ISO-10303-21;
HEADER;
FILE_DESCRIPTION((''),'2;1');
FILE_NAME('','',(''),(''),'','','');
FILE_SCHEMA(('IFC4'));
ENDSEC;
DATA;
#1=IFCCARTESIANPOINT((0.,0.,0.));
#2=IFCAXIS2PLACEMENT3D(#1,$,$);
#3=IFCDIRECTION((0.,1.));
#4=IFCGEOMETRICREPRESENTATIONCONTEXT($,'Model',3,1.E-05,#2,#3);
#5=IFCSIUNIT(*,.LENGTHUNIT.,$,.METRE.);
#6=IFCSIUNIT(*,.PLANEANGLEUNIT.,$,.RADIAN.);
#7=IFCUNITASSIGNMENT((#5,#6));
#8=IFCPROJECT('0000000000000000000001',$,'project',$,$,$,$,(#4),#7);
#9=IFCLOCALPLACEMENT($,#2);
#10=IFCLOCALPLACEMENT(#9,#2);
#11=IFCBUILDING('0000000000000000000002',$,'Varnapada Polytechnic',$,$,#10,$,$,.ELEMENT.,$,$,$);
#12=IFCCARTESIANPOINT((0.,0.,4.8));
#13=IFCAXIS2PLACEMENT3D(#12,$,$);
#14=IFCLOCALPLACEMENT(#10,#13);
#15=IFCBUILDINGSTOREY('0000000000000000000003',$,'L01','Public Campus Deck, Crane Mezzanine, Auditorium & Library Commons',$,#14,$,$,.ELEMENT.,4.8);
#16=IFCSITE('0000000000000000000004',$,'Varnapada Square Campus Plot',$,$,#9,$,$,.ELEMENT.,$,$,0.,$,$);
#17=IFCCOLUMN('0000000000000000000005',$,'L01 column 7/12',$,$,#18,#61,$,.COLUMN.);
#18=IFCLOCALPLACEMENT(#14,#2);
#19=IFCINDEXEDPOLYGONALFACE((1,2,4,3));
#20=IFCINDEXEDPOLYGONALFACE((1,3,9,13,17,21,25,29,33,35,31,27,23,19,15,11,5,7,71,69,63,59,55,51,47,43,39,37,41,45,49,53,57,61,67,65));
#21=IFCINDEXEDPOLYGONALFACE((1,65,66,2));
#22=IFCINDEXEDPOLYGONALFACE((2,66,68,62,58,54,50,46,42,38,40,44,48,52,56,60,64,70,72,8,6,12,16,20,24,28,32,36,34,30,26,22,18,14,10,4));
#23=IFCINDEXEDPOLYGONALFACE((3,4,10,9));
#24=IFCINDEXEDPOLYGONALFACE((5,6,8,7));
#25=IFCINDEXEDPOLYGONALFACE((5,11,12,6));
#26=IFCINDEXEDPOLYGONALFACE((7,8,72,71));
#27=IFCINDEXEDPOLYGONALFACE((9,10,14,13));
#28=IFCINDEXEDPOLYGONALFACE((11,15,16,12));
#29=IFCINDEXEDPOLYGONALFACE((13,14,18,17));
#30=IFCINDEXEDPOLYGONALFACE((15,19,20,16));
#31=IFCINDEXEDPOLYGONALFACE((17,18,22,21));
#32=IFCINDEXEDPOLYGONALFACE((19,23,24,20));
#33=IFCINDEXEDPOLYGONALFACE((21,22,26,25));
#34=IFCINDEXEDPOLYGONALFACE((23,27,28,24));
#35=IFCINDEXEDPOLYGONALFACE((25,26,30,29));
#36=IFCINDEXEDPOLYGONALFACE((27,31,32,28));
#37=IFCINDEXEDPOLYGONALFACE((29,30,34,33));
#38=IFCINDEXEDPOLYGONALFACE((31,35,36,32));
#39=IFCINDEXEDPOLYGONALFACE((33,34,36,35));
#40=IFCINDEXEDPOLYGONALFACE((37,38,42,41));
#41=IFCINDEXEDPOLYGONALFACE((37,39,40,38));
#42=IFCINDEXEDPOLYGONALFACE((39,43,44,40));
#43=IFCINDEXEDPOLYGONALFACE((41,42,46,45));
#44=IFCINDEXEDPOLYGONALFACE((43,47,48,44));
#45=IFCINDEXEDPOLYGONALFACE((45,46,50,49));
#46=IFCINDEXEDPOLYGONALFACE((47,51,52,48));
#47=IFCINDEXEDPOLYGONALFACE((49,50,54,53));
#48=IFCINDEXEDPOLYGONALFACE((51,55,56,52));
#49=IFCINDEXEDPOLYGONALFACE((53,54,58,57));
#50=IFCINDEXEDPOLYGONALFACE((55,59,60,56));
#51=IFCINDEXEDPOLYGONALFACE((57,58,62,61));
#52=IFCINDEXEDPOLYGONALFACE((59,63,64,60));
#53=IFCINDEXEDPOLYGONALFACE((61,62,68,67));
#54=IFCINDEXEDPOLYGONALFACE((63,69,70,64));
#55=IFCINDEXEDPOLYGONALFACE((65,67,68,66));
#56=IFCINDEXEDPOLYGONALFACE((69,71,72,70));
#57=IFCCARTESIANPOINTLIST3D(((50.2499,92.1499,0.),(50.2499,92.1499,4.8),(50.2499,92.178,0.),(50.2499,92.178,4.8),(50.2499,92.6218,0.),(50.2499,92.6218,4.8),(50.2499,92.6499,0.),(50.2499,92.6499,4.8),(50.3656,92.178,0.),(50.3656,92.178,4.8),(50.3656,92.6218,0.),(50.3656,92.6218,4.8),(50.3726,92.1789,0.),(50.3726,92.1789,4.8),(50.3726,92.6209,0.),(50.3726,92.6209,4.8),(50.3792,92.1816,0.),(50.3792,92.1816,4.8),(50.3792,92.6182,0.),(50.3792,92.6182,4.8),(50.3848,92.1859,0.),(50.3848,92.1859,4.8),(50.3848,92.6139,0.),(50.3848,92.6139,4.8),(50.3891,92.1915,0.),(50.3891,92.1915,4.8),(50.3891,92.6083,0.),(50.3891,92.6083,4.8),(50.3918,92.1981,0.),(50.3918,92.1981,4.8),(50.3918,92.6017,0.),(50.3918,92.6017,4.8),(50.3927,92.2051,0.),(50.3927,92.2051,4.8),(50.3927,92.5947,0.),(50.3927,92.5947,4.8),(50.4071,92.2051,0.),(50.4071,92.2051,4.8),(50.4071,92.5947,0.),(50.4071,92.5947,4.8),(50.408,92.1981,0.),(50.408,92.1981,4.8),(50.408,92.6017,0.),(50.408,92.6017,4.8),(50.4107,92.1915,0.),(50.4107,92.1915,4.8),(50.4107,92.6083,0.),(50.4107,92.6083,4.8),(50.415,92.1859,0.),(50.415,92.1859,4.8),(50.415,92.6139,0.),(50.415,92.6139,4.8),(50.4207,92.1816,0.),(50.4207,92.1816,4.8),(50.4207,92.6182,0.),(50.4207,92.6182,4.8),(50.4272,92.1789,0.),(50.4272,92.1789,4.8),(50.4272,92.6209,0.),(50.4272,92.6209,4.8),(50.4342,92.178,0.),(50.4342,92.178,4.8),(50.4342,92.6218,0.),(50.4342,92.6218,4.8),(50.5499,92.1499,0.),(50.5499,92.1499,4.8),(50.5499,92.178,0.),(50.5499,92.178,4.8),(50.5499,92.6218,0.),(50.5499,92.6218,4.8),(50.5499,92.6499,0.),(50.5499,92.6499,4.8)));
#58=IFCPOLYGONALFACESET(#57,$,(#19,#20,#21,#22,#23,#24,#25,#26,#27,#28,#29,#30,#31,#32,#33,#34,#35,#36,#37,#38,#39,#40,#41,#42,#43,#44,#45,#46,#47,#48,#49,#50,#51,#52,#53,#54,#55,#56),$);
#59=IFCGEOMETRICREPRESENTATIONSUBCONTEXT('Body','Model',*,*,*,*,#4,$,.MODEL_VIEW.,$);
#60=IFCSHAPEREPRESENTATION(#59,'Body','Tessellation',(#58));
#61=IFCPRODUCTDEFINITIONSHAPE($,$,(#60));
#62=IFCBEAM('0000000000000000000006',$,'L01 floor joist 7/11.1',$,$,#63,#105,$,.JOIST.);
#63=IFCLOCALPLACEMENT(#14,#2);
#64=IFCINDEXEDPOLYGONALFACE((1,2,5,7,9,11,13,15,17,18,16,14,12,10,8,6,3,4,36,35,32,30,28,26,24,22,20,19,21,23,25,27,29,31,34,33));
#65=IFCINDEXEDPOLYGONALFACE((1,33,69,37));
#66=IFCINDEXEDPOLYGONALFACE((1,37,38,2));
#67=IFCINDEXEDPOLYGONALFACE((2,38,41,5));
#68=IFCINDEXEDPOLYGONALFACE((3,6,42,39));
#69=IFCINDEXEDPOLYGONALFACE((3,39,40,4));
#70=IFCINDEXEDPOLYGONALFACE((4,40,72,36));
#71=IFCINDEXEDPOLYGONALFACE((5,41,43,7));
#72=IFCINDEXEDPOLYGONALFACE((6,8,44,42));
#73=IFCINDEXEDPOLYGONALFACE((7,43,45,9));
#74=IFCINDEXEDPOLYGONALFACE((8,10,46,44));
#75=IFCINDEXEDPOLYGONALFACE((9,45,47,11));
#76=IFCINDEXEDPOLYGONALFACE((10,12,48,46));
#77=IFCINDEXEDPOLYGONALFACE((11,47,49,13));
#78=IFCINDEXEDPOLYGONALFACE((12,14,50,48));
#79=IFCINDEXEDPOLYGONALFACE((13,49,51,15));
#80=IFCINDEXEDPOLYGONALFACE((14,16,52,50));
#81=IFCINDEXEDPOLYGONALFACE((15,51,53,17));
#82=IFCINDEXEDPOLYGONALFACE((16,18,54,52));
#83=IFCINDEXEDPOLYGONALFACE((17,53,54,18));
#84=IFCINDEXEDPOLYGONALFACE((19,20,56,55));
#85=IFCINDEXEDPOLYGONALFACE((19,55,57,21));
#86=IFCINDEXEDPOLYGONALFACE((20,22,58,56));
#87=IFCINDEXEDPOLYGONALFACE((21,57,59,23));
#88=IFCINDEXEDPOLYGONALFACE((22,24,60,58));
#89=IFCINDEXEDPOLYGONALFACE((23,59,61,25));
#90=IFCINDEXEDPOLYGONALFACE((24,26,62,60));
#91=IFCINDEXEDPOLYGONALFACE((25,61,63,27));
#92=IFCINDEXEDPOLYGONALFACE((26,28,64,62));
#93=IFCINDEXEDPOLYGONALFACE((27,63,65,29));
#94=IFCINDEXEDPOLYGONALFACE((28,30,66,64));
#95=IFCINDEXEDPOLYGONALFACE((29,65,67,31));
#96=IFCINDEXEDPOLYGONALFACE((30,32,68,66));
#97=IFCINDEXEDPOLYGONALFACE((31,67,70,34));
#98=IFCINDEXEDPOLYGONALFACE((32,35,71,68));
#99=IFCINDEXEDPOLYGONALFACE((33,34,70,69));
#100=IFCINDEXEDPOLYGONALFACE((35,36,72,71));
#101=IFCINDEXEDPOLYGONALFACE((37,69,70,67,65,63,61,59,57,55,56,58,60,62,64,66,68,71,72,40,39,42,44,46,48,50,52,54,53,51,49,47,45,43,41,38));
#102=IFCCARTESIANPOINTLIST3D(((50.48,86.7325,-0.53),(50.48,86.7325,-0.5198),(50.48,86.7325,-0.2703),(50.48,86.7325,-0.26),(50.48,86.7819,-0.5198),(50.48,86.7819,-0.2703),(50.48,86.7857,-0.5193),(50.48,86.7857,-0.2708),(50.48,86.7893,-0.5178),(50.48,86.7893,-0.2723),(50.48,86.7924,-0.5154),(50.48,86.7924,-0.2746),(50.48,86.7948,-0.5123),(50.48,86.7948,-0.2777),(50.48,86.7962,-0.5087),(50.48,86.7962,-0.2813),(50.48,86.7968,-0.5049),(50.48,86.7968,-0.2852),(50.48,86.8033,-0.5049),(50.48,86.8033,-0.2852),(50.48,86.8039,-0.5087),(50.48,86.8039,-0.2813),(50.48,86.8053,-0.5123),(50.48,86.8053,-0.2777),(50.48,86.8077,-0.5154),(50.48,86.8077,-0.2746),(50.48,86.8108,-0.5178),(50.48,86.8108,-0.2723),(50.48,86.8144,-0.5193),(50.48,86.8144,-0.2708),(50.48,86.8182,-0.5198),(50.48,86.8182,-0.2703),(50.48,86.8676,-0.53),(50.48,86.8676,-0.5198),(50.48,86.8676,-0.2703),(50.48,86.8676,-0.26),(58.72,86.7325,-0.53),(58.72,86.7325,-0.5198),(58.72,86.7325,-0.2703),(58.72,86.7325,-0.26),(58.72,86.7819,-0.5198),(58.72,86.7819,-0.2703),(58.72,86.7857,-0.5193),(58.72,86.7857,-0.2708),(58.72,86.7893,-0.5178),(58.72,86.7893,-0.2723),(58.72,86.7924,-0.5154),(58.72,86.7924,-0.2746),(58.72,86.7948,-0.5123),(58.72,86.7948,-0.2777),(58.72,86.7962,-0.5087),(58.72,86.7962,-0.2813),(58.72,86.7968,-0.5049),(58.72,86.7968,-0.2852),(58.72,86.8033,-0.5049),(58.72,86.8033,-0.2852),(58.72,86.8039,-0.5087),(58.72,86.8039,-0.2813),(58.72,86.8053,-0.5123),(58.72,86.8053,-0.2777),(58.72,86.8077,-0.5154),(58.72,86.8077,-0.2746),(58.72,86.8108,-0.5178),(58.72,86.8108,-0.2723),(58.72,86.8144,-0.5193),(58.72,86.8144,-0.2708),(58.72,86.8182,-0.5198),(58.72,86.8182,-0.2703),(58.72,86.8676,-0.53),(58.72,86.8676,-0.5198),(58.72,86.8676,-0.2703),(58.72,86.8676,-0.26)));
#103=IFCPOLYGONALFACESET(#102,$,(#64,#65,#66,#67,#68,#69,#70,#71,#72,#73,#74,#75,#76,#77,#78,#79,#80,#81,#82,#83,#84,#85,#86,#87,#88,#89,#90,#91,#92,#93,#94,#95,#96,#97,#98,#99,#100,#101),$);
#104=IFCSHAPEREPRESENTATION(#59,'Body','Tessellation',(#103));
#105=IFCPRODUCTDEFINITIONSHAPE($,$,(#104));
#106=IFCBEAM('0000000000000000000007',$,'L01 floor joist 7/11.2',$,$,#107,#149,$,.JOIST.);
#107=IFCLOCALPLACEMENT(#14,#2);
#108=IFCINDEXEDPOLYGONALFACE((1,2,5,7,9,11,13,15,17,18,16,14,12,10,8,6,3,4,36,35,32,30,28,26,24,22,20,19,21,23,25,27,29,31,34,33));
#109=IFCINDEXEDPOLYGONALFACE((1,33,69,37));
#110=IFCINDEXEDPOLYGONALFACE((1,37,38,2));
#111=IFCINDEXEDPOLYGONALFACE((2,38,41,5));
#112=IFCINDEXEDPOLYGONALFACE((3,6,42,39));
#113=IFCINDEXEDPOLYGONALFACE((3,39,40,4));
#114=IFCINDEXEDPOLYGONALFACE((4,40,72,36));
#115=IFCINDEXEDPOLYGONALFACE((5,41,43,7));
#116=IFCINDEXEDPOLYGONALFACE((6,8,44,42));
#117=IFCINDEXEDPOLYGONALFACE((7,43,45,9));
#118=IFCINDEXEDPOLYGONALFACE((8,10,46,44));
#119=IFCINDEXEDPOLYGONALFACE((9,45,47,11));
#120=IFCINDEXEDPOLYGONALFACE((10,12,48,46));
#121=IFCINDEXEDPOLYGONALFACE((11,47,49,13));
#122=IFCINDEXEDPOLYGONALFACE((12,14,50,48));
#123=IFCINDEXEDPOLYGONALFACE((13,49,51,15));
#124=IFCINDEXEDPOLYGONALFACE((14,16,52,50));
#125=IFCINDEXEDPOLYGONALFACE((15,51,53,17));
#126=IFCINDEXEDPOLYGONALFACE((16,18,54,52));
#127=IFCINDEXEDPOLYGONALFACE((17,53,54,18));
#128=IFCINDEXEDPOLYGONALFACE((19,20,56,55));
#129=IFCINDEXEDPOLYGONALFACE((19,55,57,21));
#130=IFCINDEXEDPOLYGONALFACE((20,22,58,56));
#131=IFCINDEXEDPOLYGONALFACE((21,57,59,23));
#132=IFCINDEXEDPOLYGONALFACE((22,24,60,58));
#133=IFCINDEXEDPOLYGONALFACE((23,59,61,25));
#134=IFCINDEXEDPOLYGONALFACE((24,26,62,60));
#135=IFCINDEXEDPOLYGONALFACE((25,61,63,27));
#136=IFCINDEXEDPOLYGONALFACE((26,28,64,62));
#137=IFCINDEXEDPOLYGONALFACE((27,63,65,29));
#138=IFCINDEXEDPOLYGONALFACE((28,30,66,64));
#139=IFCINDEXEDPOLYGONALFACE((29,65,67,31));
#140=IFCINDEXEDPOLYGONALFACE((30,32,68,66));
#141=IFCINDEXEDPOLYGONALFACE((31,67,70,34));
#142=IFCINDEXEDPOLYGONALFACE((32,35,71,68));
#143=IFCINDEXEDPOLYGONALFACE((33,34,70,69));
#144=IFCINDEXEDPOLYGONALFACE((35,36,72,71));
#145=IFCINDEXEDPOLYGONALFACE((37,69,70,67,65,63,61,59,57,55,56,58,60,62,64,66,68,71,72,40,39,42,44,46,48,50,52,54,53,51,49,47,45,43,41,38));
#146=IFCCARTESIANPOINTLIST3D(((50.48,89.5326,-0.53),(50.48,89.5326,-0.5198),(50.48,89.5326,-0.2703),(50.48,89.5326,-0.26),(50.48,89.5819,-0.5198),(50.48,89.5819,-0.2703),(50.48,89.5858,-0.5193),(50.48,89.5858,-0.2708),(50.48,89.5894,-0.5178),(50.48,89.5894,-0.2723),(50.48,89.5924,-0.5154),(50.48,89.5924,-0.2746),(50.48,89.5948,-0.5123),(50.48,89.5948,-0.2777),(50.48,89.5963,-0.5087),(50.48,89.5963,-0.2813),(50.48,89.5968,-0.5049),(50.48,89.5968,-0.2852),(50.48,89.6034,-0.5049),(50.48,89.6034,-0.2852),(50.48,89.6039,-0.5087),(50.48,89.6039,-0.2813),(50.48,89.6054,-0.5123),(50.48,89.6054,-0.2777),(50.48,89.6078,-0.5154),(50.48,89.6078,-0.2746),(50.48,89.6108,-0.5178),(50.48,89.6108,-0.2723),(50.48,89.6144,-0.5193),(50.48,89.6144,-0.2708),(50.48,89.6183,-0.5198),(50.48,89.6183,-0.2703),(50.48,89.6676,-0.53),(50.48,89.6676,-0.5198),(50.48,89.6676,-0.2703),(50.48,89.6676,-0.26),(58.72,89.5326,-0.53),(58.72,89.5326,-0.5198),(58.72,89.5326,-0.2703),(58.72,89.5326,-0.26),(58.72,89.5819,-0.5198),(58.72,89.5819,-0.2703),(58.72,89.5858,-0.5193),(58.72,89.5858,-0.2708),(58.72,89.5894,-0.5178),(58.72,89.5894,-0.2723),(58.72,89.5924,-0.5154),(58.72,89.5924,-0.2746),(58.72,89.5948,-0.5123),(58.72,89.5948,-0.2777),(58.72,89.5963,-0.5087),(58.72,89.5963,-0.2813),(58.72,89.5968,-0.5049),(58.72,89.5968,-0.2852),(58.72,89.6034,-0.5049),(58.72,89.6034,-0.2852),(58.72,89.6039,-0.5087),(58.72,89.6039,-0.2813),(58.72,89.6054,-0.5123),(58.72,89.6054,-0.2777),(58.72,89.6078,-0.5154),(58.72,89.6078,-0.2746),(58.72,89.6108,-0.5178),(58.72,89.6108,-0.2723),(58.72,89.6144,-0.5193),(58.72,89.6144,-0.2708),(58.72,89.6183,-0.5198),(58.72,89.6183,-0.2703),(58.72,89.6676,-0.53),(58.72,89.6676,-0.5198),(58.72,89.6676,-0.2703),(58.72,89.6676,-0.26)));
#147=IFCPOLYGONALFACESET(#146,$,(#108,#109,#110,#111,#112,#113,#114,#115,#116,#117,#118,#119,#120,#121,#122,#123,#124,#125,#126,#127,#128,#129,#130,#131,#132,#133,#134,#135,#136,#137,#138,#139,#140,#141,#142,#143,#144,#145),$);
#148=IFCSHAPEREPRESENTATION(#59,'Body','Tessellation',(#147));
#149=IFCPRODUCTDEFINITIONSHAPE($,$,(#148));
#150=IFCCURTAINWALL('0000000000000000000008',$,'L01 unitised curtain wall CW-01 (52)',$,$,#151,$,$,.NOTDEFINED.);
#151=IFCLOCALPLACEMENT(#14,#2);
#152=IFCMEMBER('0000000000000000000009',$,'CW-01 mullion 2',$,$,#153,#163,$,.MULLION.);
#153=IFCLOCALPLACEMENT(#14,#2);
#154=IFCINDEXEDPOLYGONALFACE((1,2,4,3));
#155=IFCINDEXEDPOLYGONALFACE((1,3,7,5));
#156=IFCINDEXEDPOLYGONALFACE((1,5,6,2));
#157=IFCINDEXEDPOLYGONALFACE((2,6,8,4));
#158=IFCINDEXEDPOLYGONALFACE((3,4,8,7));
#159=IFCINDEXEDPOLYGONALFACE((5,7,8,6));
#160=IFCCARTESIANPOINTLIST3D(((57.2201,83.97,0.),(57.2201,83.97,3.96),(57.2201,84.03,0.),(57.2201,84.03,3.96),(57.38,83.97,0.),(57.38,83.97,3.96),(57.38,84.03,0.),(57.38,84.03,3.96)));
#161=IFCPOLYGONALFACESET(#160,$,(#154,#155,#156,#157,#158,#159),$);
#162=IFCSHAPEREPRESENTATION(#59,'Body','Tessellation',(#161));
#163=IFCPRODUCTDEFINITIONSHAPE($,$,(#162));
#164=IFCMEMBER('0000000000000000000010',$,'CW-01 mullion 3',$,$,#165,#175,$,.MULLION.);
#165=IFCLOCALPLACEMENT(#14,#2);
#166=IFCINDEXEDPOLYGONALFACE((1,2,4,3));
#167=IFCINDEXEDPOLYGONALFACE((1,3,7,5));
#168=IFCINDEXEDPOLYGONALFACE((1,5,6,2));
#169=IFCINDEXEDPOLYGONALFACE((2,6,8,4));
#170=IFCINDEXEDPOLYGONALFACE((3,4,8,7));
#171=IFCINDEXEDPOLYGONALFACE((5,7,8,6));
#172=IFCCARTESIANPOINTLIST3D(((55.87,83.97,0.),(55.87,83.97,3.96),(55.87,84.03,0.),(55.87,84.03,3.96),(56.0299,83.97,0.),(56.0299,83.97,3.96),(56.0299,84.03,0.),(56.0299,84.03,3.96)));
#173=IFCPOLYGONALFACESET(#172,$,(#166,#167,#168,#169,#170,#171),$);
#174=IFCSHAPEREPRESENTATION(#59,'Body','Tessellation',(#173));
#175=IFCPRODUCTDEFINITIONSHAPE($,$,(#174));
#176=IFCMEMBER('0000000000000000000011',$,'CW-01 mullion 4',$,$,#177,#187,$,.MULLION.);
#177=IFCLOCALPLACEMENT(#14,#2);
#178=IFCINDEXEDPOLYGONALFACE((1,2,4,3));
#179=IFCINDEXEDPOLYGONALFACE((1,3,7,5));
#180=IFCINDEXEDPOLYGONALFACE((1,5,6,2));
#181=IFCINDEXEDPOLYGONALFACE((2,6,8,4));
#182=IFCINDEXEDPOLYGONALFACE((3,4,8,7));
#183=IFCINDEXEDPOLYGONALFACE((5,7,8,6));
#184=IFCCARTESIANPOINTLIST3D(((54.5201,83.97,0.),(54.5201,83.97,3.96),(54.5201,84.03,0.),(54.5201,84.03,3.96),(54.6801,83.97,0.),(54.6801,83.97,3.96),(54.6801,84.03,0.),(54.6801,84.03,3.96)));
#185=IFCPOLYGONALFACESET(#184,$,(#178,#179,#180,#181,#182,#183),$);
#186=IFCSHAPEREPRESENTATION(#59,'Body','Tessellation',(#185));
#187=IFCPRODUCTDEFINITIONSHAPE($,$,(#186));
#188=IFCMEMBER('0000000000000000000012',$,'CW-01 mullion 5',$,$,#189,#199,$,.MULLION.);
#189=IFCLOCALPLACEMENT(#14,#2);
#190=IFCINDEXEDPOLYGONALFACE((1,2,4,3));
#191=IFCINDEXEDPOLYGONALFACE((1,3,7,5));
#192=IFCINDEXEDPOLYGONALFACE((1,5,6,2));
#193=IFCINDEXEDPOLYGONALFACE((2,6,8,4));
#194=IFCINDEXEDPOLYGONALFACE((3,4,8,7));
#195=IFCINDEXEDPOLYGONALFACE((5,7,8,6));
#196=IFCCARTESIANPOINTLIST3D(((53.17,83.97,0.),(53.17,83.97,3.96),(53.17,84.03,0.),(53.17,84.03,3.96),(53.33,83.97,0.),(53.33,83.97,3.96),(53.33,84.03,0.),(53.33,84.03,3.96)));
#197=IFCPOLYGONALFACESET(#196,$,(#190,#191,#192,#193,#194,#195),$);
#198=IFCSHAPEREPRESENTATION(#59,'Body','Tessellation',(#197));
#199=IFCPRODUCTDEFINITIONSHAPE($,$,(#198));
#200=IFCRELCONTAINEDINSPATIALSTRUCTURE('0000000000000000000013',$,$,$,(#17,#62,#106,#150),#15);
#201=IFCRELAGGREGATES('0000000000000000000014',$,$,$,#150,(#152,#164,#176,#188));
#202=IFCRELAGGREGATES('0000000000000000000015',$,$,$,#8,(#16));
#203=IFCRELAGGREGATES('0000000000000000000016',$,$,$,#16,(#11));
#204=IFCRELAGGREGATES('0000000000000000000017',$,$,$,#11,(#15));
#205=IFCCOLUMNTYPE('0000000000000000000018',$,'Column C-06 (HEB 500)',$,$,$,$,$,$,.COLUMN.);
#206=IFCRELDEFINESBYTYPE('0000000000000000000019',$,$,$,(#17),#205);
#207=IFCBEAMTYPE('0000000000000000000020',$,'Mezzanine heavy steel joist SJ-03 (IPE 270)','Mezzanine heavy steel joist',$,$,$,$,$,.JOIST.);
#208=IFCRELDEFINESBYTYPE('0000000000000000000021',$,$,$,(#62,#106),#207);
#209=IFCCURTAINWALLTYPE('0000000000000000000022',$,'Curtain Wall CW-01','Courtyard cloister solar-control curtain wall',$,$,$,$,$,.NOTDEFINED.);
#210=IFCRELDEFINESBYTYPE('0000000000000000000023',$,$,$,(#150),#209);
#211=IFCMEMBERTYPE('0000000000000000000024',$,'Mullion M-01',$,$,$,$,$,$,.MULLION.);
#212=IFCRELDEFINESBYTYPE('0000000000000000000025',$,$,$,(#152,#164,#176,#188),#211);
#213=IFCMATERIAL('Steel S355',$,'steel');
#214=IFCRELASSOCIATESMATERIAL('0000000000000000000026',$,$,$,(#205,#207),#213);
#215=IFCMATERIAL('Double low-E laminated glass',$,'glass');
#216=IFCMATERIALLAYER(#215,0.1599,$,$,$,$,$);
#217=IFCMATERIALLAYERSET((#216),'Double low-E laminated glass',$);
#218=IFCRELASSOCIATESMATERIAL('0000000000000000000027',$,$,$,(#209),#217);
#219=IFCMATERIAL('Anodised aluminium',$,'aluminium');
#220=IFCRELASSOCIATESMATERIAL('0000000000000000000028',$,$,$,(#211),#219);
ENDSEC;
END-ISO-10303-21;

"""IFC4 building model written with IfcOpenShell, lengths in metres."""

from ifc_helpers import new_model, si_unit, direction, frame, origin, origin_2d, place, context, subcontext, project, spatial, rectangle, i_section, extrude, material, layer, layer_set, material_profile, profile_set, type_object, element, aggregate, save


model = new_model("IFC4")

# Units and contexts
model_context = context("Model", 3, precision=1e-05, world=origin(), true_north=direction((0.0, 1.0)))
body_context = subcontext(model_context, "Body", "Model", "MODEL_VIEW")
ifc_project = project(units=[si_unit("LENGTHUNIT", "METRE"), si_unit("PLANEANGLEUNIT", "RADIAN")], contexts=[model_context])

# Site, building, storey
site_placement = place(None, origin())
site = spatial("IfcSite", under=ifc_project, at=site_placement, Name="Varnapada Square Campus Plot", CompositionType="ELEMENT", RefElevation=0.0)
building_placement = place(site_placement, origin())
building = spatial("IfcBuilding", under=site, at=building_placement, Name="Varnapada Polytechnic", CompositionType="ELEMENT")
storey_placement = place(building_placement, frame((0.0, 0.0, 4.8)))
storey = spatial("IfcBuildingStorey", under=building, at=storey_placement, Name="L01", Description="Public Campus Deck, Crane Mezzanine, Auditorium & Library Commons", CompositionType="ELEMENT", Elevation=4.8)

# Column
ifc_material_1 = material(Name="Steel S355", Category="steel")
ifc_material_profile_1 = material_profile(ifc_material_1, i_section(OverallWidth=0.3, OverallDepth=0.5, WebThickness=0.0144, FlangeThickness=0.0281, FilletRadius=0.0271, at=origin_2d()), Name="HEB 500")
ifc_profile_set_1 = profile_set([ifc_material_profile_1], Name="Steel S355")
column_type = type_object("IfcColumnType", Name="Column C-06 (HEB 500)", PredefinedType="COLUMN", material=ifc_profile_set_1)
column_placement = place(storey_placement, frame((50.3999, 92.3999, 0.0), z_axis=(0.0, 0.0, 1.0), x_axis=(1.0, 0.0, 0.0)))
element("IfcColumn", 1, at=column_placement, inside=storey, type_object=column_type, Name="L01 column 7/12", PredefinedType="COLUMN", context=body_context, shape_type="SweptSolid", body=[
    extrude(i_section(OverallWidth=0.3, OverallDepth=0.5, WebThickness=0.0144, FlangeThickness=0.0281, FilletRadius=0.0271, at=origin_2d()), origin(), (0.0, 0.0, 1.0), 4.8),
])

# Beams
ifc_material_profile_2 = material_profile(ifc_material_1, i_section(OverallWidth=0.135, OverallDepth=0.27, WebThickness=0.0066, FlangeThickness=0.0103, FilletRadius=0.0149, at=origin_2d()), Name="IPE 270")
ifc_profile_set_2 = profile_set([ifc_material_profile_2], Name="Steel S355")
beam_type_1 = type_object("IfcBeamType", Name="Mezzanine heavy steel joist SJ-03 (IPE 270)", Description="Mezzanine heavy steel joist", PredefinedType="JOIST", material=ifc_profile_set_2)
for number, where, z_axis, x_axis, name in (
    (2, (50.48, 86.8, -0.395), (1.0, 0.0, 0.0), (0.0, 1.0, 0.0), "L01 floor joist 7/11.1"),
    (3, (50.48, 89.6001, -0.395), (1.0, 0.0, 0.0), (0.0, 1.0, 0.0), "L01 floor joist 7/11.2"),
):
    element("IfcBeam", number, at=place(storey_placement, frame(where, z_axis=z_axis, x_axis=x_axis)), inside=storey, type_object=beam_type_1, Name=name, PredefinedType="JOIST", context=body_context, shape_type="SweptSolid", body=[
        extrude(i_section(OverallWidth=0.135, OverallDepth=0.27, WebThickness=0.0066, FlangeThickness=0.0103, FilletRadius=0.0149, at=origin_2d()), origin(), (0.0, 0.0, 1.0), 8.24),
    ])

# Curtain wall, members
ifc_material_2 = material(Name="Double low-E laminated glass", Category="glass")
ifc_layer_1 = layer(ifc_material_2, 0.1599)
ifc_layer_set_1 = layer_set([ifc_layer_1], Name="Double low-E laminated glass")
curtain_wall_type = type_object("IfcCurtainWallType", Name="Curtain Wall CW-01", Description="Courtyard cloister solar-control curtain wall", PredefinedType="NOTDEFINED", material=ifc_layer_set_1)
curtain_wall_placement = place(storey_placement, origin())
curtain_wall = element("IfcCurtainWall", 4, at=curtain_wall_placement, inside=storey, type_object=curtain_wall_type, Name="L01 unitised curtain wall CW-01 (52)", PredefinedType="NOTDEFINED")
ifc_material_3 = material(Name="Anodised aluminium", Category="aluminium")
ifc_material_profile_3 = material_profile(ifc_material_3, rectangle(XDim=0.0601, YDim=0.1599, at=origin_2d()), Name="ALU M60x160")
ifc_profile_set_3 = profile_set([ifc_material_profile_3], Name="Anodised aluminium")
member_type_1 = type_object("IfcMemberType", Name="Mullion M-01", PredefinedType="MULLION", material=ifc_profile_set_3)
member_1_placement = place(storey_placement, frame((57.3, 84.0, 0.0), z_axis=(0.0, 0.0, 1.0), x_axis=(0.0, -1.0, 0.0)))
member_1 = element("IfcMember", 5, at=member_1_placement, type_object=member_type_1, Name="CW-01 mullion 2", PredefinedType="MULLION", context=body_context, shape_type="SweptSolid", body=[
    extrude(rectangle(XDim=0.0601, YDim=0.1599, at=origin_2d()), origin(), (0.0, 0.0, 1.0), 3.96),
])
member_2_placement = place(storey_placement, frame((55.95, 84.0, 0.0), z_axis=(0.0, 0.0, 1.0), x_axis=(0.0, -1.0, 0.0)))
member_2 = element("IfcMember", 6, at=member_2_placement, type_object=member_type_1, Name="CW-01 mullion 3", PredefinedType="MULLION", context=body_context, shape_type="SweptSolid", body=[
    extrude(rectangle(XDim=0.0601, YDim=0.1599, at=origin_2d()), origin(), (0.0, 0.0, 1.0), 3.96),
])
member_3_placement = place(storey_placement, frame((54.6001, 84.0, 0.0), z_axis=(0.0, 0.0, 1.0), x_axis=(0.0, -1.0, 0.0)))
member_3 = element("IfcMember", 7, at=member_3_placement, type_object=member_type_1, Name="CW-01 mullion 4", PredefinedType="MULLION", context=body_context, shape_type="SweptSolid", body=[
    extrude(rectangle(XDim=0.0601, YDim=0.1599, at=origin_2d()), origin(), (0.0, 0.0, 1.0), 3.96),
])
member_4_placement = place(storey_placement, frame((53.25, 84.0, 0.0), z_axis=(0.0, 0.0, 1.0), x_axis=(0.0, -1.0, 0.0)))
member_4 = element("IfcMember", 8, at=member_4_placement, type_object=member_type_1, Name="CW-01 mullion 5", PredefinedType="MULLION", context=body_context, shape_type="SweptSolid", body=[
    extrude(rectangle(XDim=0.0601, YDim=0.1599, at=origin_2d()), origin(), (0.0, 0.0, 1.0), 3.96),
])

aggregate(curtain_wall, [member_1, member_2, member_3, member_4])

save(model, "model.ifc")
